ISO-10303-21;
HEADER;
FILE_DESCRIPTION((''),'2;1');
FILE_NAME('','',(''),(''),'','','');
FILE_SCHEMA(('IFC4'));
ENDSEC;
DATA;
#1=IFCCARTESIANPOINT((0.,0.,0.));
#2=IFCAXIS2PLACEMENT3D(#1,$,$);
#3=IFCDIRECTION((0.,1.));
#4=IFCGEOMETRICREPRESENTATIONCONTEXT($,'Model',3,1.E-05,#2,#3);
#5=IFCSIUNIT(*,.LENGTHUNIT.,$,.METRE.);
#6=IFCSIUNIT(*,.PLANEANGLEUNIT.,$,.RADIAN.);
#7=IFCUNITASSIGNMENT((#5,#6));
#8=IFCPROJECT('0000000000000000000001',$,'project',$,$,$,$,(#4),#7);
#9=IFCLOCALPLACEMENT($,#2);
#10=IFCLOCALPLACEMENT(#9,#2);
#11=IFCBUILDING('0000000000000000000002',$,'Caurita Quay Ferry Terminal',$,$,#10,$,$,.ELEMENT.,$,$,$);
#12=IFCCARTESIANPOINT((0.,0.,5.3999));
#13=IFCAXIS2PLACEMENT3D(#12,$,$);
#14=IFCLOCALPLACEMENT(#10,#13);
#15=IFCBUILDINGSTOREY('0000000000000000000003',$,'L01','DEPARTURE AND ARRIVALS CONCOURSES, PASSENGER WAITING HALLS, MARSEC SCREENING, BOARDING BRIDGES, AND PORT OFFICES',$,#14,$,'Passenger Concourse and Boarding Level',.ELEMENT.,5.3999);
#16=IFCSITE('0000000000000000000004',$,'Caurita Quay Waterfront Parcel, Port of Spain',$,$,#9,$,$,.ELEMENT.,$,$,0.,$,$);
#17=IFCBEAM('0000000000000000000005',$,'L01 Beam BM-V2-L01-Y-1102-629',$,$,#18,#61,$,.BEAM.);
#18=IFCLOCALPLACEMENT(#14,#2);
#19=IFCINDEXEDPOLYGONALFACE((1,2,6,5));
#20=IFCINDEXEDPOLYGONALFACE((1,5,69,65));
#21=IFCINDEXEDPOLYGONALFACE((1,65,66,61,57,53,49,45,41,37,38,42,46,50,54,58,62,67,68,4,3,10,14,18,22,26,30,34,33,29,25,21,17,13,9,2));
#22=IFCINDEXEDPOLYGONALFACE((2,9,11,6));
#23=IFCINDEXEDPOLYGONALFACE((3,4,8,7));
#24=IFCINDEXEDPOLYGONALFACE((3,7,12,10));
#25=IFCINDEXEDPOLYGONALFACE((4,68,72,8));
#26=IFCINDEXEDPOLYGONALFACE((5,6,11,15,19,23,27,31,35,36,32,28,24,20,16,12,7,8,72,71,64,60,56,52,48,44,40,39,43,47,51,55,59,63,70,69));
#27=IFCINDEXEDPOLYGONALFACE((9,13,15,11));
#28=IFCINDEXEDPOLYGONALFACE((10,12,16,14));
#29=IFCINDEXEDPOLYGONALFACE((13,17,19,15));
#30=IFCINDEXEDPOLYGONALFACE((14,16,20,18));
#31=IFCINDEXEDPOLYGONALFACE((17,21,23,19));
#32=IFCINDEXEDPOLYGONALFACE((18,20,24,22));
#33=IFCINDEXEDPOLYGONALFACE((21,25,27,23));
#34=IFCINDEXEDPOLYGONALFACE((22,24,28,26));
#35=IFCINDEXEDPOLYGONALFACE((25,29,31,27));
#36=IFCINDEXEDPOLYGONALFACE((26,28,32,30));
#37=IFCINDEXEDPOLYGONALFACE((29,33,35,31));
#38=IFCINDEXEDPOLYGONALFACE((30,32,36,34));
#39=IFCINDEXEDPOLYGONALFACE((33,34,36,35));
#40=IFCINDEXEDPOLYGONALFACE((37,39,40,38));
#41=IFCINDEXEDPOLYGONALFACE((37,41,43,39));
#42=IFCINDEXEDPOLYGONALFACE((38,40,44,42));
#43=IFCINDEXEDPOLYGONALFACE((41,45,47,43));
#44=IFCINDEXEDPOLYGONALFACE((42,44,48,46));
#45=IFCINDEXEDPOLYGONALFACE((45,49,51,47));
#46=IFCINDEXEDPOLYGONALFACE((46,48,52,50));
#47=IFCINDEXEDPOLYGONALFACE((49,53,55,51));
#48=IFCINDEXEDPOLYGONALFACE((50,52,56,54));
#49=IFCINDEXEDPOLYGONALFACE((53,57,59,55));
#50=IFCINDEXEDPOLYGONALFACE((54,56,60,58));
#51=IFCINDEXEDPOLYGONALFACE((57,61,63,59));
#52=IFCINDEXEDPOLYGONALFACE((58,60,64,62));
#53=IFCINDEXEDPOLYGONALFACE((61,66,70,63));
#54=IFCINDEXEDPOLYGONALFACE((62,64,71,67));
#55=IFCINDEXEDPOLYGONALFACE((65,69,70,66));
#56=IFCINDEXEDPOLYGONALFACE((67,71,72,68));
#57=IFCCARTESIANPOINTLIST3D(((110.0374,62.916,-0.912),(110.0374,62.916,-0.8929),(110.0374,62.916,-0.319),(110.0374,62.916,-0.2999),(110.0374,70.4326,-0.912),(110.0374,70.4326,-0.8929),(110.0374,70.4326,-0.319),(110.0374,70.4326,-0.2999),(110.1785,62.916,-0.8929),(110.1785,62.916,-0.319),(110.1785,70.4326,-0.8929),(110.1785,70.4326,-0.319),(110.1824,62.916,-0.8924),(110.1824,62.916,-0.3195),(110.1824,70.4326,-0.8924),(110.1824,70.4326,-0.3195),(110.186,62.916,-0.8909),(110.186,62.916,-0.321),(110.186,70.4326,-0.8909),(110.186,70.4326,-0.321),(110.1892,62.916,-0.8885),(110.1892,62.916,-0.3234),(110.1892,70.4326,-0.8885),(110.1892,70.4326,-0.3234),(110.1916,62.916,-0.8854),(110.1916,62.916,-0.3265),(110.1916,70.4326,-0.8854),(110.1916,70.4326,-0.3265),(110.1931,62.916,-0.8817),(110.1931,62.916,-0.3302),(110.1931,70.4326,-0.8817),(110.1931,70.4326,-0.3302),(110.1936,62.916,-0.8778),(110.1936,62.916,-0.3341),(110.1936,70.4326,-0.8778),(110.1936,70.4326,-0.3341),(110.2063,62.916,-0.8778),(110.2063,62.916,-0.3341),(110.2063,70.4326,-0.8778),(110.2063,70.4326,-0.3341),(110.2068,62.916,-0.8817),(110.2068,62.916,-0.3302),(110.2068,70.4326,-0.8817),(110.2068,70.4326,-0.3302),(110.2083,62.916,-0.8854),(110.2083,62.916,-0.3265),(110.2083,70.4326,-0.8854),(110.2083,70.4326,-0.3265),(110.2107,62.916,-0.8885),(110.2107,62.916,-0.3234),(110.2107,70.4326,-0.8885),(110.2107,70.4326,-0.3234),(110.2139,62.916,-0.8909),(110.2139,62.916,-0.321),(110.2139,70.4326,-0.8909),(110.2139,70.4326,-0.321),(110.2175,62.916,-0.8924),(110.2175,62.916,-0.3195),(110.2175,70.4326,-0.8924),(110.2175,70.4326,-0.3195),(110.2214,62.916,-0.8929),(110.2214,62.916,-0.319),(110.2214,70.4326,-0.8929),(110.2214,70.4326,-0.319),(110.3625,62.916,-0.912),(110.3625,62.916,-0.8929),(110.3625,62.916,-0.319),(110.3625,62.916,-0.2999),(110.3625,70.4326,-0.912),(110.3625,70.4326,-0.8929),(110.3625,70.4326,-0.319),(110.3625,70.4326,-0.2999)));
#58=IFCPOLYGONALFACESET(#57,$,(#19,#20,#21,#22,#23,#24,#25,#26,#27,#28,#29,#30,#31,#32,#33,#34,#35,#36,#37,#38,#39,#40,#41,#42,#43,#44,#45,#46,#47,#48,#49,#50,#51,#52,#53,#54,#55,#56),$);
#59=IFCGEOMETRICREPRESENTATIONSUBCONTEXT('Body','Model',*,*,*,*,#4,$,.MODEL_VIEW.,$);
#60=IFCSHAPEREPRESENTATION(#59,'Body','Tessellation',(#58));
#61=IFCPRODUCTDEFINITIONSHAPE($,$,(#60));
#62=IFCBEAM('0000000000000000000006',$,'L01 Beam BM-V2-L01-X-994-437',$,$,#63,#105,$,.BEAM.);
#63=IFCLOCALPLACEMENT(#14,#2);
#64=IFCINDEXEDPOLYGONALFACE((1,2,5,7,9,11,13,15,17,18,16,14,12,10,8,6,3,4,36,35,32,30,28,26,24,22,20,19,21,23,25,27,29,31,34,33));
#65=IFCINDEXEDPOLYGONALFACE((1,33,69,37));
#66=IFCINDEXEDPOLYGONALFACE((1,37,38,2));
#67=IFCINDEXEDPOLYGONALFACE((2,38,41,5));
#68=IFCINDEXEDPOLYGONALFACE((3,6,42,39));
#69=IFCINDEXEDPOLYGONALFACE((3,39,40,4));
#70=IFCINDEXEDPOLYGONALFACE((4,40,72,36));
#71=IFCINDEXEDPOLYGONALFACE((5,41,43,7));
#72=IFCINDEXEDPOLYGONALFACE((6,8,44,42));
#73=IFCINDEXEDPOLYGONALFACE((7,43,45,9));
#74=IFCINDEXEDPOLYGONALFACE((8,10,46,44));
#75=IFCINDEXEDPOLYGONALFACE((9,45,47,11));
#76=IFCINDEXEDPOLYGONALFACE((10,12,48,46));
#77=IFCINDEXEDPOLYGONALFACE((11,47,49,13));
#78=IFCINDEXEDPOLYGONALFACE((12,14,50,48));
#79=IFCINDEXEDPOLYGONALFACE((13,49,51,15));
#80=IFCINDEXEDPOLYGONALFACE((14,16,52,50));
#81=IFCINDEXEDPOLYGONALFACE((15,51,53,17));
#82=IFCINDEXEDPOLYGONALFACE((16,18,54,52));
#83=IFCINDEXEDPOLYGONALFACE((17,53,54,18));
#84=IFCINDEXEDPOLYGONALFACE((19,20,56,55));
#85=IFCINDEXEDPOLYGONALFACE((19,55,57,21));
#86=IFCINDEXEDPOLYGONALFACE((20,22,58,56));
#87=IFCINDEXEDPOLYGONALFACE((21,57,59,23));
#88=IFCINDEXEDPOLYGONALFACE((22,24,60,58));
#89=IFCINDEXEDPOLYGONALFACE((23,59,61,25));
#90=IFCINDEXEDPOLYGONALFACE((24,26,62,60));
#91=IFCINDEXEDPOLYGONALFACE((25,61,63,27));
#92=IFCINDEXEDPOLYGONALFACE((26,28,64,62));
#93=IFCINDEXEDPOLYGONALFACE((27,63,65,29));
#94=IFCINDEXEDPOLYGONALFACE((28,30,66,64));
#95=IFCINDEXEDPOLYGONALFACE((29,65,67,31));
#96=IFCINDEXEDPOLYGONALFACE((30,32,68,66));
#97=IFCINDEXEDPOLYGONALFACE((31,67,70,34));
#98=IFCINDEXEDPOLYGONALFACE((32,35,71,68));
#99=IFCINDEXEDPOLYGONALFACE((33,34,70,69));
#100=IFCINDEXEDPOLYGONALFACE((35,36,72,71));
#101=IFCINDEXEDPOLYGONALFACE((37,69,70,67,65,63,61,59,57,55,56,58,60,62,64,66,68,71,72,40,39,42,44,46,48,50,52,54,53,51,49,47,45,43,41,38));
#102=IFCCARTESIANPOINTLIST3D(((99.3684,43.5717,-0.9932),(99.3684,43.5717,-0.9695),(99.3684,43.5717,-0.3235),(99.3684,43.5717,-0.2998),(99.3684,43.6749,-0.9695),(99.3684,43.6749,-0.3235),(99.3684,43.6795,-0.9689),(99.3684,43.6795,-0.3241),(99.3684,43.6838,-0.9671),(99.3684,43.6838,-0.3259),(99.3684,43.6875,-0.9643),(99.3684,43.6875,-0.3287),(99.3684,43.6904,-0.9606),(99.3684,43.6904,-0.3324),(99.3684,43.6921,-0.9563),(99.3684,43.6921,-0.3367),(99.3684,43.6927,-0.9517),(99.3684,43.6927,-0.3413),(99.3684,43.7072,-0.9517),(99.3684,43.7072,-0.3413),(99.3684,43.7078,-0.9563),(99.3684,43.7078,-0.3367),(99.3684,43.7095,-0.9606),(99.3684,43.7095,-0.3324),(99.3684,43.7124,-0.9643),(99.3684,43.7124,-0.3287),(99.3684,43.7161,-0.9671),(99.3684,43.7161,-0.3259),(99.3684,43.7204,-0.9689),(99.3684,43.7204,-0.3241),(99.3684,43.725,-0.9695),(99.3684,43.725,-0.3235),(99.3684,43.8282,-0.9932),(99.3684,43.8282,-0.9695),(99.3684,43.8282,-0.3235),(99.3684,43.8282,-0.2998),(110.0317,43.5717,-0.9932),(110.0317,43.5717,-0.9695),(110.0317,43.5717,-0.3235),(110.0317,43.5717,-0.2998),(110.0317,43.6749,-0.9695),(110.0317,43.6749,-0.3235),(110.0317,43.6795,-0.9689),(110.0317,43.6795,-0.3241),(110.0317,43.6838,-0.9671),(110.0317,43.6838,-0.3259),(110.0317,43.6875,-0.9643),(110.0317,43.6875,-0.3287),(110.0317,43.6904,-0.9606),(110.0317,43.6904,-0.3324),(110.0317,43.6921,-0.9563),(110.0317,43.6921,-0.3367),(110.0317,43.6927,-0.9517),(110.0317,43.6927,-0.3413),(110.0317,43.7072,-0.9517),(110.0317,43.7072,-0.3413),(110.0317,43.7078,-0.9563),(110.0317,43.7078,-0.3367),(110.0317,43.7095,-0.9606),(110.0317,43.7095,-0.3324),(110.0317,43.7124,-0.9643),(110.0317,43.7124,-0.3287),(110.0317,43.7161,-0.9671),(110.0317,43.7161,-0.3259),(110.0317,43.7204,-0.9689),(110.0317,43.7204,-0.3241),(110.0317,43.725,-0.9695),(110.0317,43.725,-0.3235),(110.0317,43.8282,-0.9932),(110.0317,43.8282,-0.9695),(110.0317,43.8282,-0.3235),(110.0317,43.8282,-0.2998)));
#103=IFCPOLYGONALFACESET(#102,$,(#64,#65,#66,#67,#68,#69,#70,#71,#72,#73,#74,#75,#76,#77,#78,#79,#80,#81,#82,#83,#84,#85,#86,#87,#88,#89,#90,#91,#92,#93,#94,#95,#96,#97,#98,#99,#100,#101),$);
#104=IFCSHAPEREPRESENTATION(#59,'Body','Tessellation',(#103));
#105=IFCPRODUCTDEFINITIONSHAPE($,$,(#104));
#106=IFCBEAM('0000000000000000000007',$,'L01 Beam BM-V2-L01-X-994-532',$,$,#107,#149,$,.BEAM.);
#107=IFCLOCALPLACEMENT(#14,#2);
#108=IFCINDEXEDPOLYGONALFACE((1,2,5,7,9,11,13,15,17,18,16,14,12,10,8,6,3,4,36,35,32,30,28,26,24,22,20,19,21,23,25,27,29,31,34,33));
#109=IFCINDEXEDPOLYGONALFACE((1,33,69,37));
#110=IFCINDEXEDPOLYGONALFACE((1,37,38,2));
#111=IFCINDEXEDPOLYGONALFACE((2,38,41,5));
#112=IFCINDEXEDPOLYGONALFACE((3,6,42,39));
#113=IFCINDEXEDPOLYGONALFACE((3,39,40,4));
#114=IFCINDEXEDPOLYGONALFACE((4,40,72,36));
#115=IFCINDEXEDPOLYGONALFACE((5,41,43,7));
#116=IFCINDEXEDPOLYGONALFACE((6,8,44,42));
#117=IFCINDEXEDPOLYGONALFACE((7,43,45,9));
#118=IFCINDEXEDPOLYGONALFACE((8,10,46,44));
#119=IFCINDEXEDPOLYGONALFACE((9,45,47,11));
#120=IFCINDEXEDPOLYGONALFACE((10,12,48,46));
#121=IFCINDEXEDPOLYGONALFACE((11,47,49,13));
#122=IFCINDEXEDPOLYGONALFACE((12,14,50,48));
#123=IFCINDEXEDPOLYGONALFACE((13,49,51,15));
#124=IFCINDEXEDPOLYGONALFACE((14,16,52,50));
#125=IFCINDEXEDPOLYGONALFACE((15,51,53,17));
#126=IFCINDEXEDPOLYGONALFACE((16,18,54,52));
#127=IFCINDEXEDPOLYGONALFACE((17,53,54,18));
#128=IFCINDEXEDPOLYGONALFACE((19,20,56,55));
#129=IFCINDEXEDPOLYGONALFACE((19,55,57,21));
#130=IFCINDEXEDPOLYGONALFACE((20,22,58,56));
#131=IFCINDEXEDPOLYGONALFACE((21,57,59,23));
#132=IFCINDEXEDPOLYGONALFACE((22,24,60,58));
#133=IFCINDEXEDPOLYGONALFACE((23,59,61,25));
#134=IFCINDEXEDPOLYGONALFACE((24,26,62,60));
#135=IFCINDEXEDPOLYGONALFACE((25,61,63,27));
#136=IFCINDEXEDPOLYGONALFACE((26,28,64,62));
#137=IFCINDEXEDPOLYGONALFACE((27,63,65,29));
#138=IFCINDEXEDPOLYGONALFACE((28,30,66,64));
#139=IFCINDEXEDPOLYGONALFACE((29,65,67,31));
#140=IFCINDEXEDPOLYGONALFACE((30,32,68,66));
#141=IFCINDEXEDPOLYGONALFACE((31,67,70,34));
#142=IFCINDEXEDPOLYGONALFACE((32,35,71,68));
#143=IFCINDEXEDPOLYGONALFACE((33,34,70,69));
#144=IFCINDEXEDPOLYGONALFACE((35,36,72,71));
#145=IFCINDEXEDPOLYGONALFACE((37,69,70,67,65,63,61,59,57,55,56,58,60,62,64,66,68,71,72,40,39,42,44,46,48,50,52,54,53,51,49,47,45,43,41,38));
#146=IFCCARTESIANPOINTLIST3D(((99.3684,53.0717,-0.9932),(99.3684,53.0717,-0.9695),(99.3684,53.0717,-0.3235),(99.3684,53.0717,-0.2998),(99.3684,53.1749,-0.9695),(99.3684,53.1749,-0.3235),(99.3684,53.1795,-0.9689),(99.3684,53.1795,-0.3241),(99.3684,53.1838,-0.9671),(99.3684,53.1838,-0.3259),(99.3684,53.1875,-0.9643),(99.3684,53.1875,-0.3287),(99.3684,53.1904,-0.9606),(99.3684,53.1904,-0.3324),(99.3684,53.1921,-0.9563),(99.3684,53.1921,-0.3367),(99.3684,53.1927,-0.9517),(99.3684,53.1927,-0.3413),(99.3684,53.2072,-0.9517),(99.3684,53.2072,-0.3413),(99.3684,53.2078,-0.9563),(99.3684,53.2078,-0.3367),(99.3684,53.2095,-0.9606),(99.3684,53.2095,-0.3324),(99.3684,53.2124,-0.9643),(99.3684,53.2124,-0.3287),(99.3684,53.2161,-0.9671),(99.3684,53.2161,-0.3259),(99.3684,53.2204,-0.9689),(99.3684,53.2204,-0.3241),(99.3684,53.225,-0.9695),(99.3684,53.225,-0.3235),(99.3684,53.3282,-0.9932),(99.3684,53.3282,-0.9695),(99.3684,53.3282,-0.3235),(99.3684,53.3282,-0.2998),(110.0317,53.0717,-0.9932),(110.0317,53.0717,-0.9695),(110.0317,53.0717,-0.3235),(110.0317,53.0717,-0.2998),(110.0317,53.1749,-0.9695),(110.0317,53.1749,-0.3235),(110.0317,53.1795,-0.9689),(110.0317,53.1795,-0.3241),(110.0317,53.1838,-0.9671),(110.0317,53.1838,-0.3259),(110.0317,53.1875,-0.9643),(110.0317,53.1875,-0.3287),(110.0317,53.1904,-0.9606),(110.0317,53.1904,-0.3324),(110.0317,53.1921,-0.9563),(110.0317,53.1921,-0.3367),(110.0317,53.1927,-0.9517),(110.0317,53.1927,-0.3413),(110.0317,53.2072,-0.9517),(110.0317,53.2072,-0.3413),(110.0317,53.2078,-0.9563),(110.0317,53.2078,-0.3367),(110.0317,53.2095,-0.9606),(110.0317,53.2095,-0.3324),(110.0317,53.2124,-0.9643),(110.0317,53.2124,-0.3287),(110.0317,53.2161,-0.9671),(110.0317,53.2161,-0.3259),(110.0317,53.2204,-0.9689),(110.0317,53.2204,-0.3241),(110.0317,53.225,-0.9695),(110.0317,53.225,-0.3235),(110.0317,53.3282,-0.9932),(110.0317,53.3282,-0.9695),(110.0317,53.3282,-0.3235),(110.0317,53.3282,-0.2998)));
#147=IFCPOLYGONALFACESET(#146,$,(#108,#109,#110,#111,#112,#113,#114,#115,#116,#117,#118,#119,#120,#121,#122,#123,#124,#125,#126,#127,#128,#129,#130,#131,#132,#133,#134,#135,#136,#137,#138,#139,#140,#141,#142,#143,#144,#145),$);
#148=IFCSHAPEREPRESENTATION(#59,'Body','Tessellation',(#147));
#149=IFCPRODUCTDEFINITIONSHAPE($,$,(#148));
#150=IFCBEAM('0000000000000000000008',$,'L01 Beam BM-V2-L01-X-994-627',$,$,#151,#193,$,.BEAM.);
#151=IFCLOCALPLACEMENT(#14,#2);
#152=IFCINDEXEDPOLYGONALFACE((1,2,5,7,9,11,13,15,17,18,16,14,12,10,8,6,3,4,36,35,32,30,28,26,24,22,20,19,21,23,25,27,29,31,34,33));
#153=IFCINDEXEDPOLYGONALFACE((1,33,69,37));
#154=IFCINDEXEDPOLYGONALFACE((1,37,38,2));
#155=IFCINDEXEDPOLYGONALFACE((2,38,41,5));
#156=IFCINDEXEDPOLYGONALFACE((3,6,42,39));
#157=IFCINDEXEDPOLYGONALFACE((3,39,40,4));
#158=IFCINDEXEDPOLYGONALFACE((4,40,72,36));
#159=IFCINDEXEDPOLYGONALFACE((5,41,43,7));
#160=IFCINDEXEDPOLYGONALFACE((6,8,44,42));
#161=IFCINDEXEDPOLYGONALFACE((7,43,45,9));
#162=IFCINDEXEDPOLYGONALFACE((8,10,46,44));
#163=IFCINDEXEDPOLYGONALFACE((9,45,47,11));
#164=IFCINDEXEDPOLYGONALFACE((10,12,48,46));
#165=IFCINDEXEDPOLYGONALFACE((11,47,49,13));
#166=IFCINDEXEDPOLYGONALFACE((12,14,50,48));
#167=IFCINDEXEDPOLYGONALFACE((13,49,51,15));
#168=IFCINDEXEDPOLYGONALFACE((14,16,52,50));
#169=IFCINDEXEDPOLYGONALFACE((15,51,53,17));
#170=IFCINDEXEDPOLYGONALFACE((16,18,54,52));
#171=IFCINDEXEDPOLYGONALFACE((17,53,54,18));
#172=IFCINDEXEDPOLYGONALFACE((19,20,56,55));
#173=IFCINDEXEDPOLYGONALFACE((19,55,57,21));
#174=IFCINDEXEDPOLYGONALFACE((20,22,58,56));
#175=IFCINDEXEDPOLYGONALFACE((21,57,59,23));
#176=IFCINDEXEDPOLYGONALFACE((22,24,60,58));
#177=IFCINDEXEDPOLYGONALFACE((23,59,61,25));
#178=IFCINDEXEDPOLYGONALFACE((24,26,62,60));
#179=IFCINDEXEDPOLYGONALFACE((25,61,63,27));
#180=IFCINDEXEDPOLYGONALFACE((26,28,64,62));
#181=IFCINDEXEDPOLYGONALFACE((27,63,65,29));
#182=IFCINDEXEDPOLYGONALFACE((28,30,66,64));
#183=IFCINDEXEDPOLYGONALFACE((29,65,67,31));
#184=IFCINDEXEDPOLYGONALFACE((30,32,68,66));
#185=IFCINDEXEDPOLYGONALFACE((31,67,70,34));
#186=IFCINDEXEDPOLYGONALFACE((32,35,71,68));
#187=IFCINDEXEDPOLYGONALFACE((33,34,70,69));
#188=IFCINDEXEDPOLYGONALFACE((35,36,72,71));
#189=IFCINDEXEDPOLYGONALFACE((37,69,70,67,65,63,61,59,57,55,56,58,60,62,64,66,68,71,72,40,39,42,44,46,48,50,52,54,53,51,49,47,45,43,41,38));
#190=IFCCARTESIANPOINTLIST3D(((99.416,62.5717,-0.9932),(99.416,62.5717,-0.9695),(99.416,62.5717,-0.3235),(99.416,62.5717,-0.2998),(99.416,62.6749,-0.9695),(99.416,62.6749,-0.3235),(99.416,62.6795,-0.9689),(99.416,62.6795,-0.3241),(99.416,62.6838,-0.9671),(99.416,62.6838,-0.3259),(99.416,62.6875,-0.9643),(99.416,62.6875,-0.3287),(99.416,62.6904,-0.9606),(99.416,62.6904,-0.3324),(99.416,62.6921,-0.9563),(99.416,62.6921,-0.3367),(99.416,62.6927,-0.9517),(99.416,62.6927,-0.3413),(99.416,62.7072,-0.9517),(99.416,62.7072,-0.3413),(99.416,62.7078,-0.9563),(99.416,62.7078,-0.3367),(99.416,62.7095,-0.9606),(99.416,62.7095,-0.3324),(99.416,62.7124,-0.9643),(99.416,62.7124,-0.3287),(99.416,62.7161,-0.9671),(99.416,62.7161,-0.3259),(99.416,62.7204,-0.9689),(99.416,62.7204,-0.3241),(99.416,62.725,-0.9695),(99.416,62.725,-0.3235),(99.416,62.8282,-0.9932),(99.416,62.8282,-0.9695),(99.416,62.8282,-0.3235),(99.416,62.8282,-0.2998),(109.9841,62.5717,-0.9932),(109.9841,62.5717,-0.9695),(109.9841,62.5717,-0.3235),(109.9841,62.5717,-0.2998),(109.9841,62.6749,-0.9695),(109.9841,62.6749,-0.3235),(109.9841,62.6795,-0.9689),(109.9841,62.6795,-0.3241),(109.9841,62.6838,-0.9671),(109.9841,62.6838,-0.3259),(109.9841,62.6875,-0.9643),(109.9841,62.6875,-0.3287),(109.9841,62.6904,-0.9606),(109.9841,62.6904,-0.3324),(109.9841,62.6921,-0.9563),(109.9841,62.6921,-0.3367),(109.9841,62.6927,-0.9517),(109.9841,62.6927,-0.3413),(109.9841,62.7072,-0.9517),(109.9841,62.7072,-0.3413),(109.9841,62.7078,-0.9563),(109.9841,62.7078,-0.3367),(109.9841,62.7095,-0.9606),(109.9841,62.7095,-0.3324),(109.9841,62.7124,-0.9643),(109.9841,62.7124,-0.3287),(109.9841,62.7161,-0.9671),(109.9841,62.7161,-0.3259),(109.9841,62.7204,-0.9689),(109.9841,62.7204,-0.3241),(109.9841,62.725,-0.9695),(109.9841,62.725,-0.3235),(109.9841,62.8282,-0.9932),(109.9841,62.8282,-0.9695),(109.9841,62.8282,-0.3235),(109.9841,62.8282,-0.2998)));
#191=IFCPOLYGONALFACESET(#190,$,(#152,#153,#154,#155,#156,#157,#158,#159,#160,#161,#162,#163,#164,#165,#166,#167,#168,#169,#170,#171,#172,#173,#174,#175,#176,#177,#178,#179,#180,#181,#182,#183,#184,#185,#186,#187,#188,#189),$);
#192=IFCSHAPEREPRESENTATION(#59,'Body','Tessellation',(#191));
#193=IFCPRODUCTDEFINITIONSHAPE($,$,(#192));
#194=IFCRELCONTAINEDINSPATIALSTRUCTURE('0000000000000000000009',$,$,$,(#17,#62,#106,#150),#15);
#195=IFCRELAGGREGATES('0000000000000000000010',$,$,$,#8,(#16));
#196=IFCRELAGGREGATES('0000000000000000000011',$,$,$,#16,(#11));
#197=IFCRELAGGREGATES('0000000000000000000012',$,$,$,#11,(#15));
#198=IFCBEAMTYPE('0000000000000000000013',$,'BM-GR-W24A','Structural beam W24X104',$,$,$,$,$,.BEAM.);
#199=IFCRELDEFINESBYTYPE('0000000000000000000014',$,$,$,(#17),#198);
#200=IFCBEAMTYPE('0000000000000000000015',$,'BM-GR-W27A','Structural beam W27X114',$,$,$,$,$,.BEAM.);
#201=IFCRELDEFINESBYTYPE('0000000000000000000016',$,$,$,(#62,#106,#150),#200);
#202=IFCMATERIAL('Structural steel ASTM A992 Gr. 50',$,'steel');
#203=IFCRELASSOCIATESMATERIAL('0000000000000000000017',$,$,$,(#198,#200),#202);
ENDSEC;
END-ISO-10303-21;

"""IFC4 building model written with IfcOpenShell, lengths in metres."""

from ifc_helpers import new_model, si_unit, direction, frame, origin, origin_2d, place, context, subcontext, project, spatial, i_section, extrude, material, material_profile, profile_set, type_object, element, save


model = new_model("IFC4")

# Units and contexts
model_context = context("Model", 3, precision=1e-05, world=origin(), true_north=direction((0.0, 1.0)))
body_context = subcontext(model_context, "Body", "Model", "MODEL_VIEW")
ifc_project = project(units=[si_unit("LENGTHUNIT", "METRE"), si_unit("PLANEANGLEUNIT", "RADIAN")], contexts=[model_context])

# Site, building, storey
site_placement = place(None, origin())
site = spatial("IfcSite", under=ifc_project, at=site_placement, Name="Caurita Quay Waterfront Parcel, Port of Spain", CompositionType="ELEMENT", RefElevation=0.0)
building_placement = place(site_placement, origin())
building = spatial("IfcBuilding", under=site, at=building_placement, Name="Caurita Quay Ferry Terminal", CompositionType="ELEMENT")
storey_placement = place(building_placement, frame((0.0, 0.0, 5.3999)))
storey = spatial("IfcBuildingStorey", under=building, at=storey_placement, Name="L01", Description="DEPARTURE AND ARRIVALS CONCOURSES, PASSENGER WAITING HALLS, MARSEC SCREENING, BOARDING BRIDGES, AND PORT OFFICES", LongName="Passenger Concourse and Boarding Level", CompositionType="ELEMENT", Elevation=5.3999)

# Beams
ifc_material_1 = material(Name="Structural steel ASTM A992 Gr. 50", Category="steel")
ifc_material_profile_1 = material_profile(ifc_material_1, i_section(OverallWidth=0.3252, OverallDepth=0.6121, WebThickness=0.0127, FlangeThickness=0.019, FilletRadius=0.0151, at=origin_2d()), Name="W24X104")
ifc_profile_set_1 = profile_set([ifc_material_profile_1], Name="Structural steel ASTM A992 Gr. 50")
beam_type_1 = type_object("IfcBeamType", Name="BM-GR-W24A", Description="Structural beam W24X104", PredefinedType="BEAM", material=ifc_profile_set_1)
beam_1_placement = place(storey_placement, frame((110.2, 62.916, -0.606), z_axis=(0.0, 1.0, 0.0), x_axis=(-1.0, 0.0, 0.0)))
element("IfcBeam", 1, at=beam_1_placement, inside=storey, type_object=beam_type_1, Name="L01 Beam BM-V2-L01-Y-1102-629", PredefinedType="BEAM", context=body_context, shape_type="SweptSolid", body=[
    extrude(i_section(OverallWidth=0.3252, OverallDepth=0.6121, WebThickness=0.0127, FlangeThickness=0.019, FilletRadius=0.0151, at=origin_2d()), origin(), (0.0, 0.0, 1.0), 7.5166),
])
ifc_material_profile_2 = material_profile(ifc_material_1, i_section(OverallWidth=0.2566, OverallDepth=0.6934, WebThickness=0.0144, FlangeThickness=0.0237, FilletRadius=0.0178, at=origin_2d()), Name="W27X114")
ifc_profile_set_2 = profile_set([ifc_material_profile_2], Name="Structural steel ASTM A992 Gr. 50")
beam_type_2 = type_object("IfcBeamType", Name="BM-GR-W27A", Description="Structural beam W27X114", PredefinedType="BEAM", material=ifc_profile_set_2)
for number, where, z_axis, x_axis, name in (
    (2, (99.3684, 43.7, -0.6465), (1.0, 0.0, 0.0), (0.0, 1.0, 0.0), "L01 Beam BM-V2-L01-X-994-437"),
    (3, (99.3684, 53.2, -0.6465), (1.0, 0.0, 0.0), (0.0, 1.0, 0.0), "L01 Beam BM-V2-L01-X-994-532"),
):
    element("IfcBeam", number, at=place(storey_placement, frame(where, z_axis=z_axis, x_axis=x_axis)), inside=storey, type_object=beam_type_2, Name=name, PredefinedType="BEAM", context=body_context, shape_type="SweptSolid", body=[
        extrude(i_section(OverallWidth=0.2566, OverallDepth=0.6934, WebThickness=0.0144, FlangeThickness=0.0237, FilletRadius=0.0178, at=origin_2d()), origin(), (0.0, 0.0, 1.0), 10.6633),
    ])
beam_2_placement = place(storey_placement, frame((99.416, 62.7, -0.6465), z_axis=(1.0, 0.0, 0.0), x_axis=(0.0, 1.0, 0.0)))
element("IfcBeam", 4, at=beam_2_placement, inside=storey, type_object=beam_type_2, Name="L01 Beam BM-V2-L01-X-994-627", PredefinedType="BEAM", context=body_context, shape_type="SweptSolid", body=[
    extrude(i_section(OverallWidth=0.2566, OverallDepth=0.6934, WebThickness=0.0144, FlangeThickness=0.0237, FilletRadius=0.0178, at=origin_2d()), origin(), (0.0, 0.0, 1.0), 10.5681),
])

save(model, "model.ifc")
